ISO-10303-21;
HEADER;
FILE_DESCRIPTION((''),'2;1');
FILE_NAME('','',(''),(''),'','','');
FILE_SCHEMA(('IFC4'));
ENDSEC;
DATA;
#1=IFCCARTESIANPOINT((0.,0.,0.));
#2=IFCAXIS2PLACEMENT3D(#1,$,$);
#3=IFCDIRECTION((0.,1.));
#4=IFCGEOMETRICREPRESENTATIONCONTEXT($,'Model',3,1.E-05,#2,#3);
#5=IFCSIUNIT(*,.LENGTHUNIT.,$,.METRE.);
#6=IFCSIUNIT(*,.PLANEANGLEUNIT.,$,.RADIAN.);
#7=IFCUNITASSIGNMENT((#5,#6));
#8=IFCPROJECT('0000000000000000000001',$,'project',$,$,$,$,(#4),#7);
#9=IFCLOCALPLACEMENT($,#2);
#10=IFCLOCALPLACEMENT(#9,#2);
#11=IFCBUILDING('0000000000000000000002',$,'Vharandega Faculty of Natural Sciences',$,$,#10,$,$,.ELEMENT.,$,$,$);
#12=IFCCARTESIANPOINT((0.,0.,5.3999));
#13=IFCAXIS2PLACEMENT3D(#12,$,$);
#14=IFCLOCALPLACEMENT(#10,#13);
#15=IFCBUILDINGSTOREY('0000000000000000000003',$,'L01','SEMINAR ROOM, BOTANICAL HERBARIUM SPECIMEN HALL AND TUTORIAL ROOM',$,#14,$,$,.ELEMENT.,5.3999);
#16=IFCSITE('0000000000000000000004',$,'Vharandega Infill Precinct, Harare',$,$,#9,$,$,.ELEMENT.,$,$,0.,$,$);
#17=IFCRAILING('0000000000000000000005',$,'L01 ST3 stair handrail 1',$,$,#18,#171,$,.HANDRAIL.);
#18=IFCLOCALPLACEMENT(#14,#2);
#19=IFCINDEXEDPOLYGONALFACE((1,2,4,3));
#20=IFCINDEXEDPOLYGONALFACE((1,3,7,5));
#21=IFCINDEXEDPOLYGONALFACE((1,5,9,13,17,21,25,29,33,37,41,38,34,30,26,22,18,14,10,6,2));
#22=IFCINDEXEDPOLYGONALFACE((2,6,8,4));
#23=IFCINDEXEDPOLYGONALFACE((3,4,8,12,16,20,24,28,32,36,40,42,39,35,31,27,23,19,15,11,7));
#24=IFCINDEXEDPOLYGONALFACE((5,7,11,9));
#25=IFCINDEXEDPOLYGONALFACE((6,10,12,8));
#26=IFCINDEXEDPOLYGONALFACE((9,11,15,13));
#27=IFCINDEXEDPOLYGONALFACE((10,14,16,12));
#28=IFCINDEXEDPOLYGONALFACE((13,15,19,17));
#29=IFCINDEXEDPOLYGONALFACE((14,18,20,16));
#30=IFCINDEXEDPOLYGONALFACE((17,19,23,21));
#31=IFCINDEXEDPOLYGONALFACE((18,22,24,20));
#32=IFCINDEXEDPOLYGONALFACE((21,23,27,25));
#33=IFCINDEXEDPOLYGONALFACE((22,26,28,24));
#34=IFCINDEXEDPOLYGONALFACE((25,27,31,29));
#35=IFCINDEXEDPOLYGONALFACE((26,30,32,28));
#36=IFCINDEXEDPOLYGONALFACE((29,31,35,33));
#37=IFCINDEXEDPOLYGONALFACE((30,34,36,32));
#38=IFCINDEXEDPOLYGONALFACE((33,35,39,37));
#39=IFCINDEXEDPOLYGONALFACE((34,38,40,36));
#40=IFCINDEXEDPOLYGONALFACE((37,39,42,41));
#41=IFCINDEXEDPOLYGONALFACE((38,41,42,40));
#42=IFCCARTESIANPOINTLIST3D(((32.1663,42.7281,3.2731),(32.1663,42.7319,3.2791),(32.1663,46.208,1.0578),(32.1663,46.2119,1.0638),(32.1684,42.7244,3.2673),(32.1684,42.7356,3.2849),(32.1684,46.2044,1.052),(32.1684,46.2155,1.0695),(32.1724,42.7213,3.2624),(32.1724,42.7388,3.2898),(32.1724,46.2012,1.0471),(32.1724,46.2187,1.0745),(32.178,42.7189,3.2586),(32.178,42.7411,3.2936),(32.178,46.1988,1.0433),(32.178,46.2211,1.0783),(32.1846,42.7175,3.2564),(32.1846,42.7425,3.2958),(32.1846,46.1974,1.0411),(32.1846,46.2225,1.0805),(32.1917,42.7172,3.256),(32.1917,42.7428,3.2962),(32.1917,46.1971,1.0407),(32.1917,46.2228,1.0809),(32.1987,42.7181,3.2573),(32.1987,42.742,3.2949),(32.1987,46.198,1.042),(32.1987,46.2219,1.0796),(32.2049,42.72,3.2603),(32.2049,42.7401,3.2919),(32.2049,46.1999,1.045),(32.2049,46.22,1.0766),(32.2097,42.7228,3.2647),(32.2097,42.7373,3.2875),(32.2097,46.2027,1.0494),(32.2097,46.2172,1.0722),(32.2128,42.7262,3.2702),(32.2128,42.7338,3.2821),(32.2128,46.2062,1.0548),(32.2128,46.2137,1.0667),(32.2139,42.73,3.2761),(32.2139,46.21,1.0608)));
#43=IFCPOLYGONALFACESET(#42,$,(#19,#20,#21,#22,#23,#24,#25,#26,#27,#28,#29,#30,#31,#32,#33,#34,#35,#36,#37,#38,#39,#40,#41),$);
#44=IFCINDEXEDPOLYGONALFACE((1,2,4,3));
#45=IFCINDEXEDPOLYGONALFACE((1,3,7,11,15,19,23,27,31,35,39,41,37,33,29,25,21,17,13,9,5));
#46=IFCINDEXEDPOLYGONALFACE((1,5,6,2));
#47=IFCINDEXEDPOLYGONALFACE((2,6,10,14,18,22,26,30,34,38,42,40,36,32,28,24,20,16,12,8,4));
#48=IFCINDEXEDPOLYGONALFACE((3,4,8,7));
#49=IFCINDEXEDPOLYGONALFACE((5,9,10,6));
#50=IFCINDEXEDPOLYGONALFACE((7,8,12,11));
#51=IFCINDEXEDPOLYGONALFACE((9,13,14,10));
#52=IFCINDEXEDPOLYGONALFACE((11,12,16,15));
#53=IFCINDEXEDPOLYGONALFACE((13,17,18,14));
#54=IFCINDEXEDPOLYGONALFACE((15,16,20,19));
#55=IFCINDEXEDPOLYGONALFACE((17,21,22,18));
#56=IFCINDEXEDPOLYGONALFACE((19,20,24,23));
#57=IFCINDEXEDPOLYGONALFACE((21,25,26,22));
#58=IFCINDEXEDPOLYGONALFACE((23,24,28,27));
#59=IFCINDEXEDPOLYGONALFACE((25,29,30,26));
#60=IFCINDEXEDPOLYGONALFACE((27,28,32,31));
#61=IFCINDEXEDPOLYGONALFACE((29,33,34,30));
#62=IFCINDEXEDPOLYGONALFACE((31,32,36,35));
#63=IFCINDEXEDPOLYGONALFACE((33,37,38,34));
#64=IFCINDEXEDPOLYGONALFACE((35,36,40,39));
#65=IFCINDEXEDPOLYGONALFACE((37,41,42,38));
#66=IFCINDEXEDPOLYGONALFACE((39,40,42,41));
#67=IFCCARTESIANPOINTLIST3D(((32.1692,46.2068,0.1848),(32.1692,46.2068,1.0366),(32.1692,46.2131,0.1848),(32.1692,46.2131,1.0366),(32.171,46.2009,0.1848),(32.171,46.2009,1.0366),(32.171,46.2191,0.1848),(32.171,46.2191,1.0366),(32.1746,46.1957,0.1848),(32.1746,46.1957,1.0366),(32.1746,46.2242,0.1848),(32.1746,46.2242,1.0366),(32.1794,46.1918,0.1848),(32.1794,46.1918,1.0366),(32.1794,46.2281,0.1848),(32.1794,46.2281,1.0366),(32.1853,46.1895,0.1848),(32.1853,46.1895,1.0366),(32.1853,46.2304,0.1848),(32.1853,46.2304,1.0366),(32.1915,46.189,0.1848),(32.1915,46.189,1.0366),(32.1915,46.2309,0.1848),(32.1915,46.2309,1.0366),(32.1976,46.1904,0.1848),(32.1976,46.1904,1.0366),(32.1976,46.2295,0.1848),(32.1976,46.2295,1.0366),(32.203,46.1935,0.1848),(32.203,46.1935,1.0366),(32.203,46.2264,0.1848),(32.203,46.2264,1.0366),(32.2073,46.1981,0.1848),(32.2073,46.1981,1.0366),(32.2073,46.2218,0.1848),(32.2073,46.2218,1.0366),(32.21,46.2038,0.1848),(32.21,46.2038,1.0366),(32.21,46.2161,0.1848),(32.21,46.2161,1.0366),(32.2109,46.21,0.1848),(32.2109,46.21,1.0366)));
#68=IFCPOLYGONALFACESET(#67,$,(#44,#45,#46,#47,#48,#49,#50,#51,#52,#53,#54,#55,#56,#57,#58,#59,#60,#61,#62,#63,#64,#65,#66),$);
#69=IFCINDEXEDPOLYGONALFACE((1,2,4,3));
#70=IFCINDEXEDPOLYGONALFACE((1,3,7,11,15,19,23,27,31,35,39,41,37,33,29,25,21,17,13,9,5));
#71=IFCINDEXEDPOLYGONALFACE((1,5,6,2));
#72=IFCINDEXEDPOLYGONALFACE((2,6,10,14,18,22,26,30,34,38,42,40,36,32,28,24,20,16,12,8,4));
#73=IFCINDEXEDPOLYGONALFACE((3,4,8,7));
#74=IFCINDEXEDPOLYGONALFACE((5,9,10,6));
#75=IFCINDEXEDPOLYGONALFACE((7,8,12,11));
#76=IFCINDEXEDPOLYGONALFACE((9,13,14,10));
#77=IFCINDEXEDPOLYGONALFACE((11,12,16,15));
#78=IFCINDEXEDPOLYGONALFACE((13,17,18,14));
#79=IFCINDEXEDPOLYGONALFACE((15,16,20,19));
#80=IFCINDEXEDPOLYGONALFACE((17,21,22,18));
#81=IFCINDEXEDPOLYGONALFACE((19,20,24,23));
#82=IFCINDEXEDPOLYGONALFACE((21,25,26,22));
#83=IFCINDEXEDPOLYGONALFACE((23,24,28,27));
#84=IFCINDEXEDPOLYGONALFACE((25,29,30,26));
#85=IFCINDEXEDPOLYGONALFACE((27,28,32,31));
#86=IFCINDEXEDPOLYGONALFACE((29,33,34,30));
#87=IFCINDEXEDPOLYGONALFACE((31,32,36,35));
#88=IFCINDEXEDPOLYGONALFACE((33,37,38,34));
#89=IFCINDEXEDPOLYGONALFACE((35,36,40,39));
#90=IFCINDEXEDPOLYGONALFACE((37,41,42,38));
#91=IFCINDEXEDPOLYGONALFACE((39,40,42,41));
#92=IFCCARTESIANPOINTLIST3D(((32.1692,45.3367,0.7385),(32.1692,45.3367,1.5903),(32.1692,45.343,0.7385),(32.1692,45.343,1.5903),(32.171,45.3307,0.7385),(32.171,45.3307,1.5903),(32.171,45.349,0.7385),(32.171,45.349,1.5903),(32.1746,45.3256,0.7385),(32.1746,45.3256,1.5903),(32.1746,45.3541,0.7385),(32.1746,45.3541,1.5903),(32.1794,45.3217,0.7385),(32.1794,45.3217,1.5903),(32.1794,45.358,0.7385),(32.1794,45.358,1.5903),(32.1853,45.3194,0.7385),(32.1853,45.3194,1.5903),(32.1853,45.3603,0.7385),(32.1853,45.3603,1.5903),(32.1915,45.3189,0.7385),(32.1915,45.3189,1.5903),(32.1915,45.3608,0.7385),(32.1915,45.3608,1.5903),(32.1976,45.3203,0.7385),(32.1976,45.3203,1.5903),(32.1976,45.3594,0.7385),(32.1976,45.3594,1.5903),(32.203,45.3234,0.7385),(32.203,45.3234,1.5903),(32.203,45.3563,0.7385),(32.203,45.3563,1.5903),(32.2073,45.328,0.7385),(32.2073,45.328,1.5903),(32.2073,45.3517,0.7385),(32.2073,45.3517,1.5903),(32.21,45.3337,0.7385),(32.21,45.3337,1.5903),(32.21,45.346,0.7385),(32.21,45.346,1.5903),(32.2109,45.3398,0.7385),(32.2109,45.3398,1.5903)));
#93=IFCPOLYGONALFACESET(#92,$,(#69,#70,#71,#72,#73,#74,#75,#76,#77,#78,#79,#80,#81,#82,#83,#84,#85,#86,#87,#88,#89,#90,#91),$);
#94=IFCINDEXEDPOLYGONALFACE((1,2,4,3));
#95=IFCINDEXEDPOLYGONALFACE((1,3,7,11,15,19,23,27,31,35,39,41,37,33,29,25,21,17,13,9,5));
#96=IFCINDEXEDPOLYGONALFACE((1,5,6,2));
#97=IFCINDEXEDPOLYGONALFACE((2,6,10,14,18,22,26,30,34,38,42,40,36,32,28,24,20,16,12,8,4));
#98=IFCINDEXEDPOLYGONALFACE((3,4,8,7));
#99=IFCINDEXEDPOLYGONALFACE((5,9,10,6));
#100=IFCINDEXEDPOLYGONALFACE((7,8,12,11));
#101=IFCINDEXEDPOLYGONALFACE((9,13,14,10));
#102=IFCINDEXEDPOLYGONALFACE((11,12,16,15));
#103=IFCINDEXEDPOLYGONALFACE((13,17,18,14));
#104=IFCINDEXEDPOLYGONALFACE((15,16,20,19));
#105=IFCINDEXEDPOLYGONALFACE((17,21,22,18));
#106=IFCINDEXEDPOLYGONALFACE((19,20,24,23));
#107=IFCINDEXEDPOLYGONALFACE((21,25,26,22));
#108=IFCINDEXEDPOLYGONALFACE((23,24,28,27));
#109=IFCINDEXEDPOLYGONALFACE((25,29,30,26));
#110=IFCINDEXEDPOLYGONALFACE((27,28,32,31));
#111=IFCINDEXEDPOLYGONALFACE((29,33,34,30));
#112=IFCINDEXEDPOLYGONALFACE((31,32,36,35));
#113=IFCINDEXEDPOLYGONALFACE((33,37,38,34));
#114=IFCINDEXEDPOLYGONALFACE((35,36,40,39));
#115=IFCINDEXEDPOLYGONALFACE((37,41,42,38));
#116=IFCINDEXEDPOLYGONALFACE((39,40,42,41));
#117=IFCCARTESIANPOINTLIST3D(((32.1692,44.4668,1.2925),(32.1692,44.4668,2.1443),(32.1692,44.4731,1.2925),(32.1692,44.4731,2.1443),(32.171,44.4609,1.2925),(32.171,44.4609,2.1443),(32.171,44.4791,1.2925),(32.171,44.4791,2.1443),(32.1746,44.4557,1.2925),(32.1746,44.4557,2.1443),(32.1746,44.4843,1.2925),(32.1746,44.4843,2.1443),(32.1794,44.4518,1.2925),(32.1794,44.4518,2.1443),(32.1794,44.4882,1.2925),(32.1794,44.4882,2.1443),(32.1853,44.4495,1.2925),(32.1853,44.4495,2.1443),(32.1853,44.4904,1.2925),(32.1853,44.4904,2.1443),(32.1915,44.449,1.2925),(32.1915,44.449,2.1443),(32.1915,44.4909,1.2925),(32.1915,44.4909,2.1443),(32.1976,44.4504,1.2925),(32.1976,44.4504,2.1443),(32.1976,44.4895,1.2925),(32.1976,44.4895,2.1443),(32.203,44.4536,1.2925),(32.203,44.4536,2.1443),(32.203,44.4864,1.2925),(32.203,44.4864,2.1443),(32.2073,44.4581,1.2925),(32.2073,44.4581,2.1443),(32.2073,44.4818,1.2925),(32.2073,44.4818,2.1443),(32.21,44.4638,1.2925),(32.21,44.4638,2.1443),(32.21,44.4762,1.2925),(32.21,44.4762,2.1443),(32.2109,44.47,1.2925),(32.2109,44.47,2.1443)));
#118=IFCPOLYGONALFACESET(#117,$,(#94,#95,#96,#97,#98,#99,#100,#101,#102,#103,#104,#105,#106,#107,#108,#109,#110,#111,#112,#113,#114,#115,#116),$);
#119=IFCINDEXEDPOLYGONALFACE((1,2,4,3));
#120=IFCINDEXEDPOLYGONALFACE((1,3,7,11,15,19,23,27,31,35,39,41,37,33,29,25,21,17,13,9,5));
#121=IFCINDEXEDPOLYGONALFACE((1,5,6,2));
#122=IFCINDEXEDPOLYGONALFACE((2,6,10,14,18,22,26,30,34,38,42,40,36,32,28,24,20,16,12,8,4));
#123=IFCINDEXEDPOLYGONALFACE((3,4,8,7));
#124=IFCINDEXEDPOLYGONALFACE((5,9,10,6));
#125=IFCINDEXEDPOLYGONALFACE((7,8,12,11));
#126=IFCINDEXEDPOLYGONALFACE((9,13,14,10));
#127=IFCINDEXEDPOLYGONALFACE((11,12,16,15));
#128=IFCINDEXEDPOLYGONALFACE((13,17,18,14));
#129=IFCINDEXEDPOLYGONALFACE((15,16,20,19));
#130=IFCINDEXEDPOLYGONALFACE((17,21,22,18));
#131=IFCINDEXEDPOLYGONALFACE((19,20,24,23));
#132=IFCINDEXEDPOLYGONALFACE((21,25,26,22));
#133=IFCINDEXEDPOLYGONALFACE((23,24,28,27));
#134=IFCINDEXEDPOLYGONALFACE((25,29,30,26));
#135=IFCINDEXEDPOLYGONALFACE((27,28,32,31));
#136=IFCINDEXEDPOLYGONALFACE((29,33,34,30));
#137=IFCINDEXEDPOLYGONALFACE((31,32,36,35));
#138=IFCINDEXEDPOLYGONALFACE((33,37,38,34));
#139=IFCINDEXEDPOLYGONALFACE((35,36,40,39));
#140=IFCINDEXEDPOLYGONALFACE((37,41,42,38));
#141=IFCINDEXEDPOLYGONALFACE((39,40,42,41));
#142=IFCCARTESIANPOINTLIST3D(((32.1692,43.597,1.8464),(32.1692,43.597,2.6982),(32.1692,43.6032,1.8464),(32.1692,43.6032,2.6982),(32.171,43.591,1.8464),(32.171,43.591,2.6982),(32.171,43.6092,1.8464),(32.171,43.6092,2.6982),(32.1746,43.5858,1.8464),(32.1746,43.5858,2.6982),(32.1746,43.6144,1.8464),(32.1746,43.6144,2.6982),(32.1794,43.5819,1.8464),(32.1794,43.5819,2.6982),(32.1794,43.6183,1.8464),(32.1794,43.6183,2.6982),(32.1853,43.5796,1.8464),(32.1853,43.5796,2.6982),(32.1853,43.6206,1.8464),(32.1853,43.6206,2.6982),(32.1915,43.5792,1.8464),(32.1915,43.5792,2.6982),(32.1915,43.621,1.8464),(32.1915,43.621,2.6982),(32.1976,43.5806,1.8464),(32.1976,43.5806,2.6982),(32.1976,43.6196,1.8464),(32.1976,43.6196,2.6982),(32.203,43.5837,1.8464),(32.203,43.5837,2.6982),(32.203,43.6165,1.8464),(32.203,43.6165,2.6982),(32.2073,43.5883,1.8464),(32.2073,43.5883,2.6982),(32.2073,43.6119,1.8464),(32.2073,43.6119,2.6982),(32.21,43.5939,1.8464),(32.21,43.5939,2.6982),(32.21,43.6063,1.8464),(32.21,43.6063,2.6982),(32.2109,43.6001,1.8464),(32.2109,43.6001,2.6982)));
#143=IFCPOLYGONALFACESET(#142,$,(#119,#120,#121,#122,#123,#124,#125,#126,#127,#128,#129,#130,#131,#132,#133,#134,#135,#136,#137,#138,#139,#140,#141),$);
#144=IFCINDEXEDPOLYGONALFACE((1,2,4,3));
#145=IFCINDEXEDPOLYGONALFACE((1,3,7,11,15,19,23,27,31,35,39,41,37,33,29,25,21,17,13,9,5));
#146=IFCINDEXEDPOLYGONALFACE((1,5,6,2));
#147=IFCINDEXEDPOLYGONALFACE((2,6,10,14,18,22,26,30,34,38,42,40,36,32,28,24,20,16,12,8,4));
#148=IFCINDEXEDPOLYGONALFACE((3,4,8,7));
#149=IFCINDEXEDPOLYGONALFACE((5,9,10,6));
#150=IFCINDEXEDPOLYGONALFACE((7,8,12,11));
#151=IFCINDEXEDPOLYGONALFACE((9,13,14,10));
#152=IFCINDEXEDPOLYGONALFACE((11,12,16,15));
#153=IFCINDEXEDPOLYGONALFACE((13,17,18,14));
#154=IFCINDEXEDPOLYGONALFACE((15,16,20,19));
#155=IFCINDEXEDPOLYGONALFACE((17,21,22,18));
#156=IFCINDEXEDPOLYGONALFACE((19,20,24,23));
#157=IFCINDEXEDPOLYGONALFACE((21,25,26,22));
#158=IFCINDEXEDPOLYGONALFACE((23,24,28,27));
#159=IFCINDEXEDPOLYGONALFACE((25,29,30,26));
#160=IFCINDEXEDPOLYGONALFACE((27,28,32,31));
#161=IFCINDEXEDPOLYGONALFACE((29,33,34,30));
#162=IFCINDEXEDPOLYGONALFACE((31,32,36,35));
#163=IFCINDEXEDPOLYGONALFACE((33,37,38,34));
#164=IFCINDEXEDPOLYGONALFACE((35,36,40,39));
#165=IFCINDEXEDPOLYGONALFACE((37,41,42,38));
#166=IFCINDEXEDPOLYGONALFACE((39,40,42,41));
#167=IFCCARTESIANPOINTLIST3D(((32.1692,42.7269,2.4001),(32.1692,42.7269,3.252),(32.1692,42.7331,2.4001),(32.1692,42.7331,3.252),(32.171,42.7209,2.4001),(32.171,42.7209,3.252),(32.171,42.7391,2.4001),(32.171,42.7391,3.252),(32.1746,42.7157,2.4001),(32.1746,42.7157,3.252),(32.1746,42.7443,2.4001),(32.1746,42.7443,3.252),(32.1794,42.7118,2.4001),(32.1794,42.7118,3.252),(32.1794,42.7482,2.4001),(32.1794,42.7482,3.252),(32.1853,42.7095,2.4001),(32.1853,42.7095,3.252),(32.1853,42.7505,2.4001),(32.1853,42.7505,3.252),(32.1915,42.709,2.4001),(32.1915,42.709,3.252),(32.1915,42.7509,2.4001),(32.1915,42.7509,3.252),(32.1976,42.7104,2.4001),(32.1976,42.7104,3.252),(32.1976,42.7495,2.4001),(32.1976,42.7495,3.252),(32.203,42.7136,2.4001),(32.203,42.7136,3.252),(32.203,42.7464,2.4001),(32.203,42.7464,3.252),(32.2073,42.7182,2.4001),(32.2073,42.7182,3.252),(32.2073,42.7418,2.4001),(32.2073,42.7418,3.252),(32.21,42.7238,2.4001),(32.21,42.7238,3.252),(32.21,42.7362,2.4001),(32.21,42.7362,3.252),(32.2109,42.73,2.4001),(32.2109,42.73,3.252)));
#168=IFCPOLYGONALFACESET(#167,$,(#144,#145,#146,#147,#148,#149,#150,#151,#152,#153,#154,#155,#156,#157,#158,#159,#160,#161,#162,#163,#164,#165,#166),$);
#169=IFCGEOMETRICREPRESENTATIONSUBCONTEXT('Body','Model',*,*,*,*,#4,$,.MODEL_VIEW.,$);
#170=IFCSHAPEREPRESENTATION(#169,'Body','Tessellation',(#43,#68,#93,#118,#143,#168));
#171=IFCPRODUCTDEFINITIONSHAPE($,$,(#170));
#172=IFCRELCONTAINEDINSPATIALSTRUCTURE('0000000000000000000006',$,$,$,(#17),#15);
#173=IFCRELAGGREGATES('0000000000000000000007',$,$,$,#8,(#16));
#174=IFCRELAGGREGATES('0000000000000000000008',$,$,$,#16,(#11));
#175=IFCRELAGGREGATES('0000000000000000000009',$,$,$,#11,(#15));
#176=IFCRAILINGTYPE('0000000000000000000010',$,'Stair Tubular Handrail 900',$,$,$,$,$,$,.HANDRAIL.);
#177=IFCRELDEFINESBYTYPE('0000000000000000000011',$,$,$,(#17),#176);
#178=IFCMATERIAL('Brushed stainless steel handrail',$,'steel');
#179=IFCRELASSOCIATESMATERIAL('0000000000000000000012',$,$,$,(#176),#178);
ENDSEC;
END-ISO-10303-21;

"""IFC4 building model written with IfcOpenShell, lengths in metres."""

from ifc_helpers import new_model, si_unit, direction, frame, origin, origin_2d, place, context, subcontext, project, spatial, circle, extrude, material, type_object, element, save


model = new_model("IFC4")

# Units and contexts
model_context = context("Model", 3, precision=1e-05, world=origin(), true_north=direction((0.0, 1.0)))
body_context = subcontext(model_context, "Body", "Model", "MODEL_VIEW")
ifc_project = project(units=[si_unit("LENGTHUNIT", "METRE"), si_unit("PLANEANGLEUNIT", "RADIAN")], contexts=[model_context])

# Site, building, storey
site_placement = place(None, origin())
site = spatial("IfcSite", under=ifc_project, at=site_placement, Name="Vharandega Infill Precinct, Harare", CompositionType="ELEMENT", RefElevation=0.0)
building_placement = place(site_placement, origin())
building = spatial("IfcBuilding", under=site, at=building_placement, Name="Vharandega Faculty of Natural Sciences", CompositionType="ELEMENT")
storey_placement = place(building_placement, frame((0.0, 0.0, 5.3999)))
storey = spatial("IfcBuildingStorey", under=building, at=storey_placement, Name="L01", Description="SEMINAR ROOM, BOTANICAL HERBARIUM SPECIMEN HALL AND TUTORIAL ROOM", CompositionType="ELEMENT", Elevation=5.3999)

# Railing
ifc_material_1 = material(Name="Brushed stainless steel handrail", Category="steel")
railing_type_1 = type_object("IfcRailingType", Name="Stair Tubular Handrail 900", PredefinedType="HANDRAIL", material=ifc_material_1)
railing_1_placement = place(storey_placement, frame((32.1899, 46.21, 0.1848)))
element("IfcRailing", 1, at=railing_1_placement, inside=storey, type_object=railing_type_1, Name="L01 ST3 stair handrail 1", PredefinedType="HANDRAIL", context=body_context, shape_type="SweptSolid", body=[
    extrude(circle(Radius=0.0239, at=origin_2d()), frame((0.0, 0.0, 0.876), z_axis=(0.0, -0.843574, 0.537013), x_axis=(1.0, 0.0, 0.0)), (0.0, 0.0, 1.0), 4.1252),
    extrude(circle(Radius=0.021, at=origin_2d()), origin(), (0.0, 0.0, 1.0), 0.8518),
    extrude(circle(Radius=0.021, at=origin_2d()), frame((0.0, -0.8701, 0.5537)), (0.0, 0.0, 1.0), 0.8518),
    extrude(circle(Radius=0.021, at=origin_2d()), frame((0.0, -1.74, 1.1077)), (0.0, 0.0, 1.0), 0.8518),
    extrude(circle(Radius=0.021, at=origin_2d()), frame((0.0, -2.6099, 1.6616)), (0.0, 0.0, 1.0), 0.8518),
    extrude(circle(Radius=0.021, at=origin_2d()), frame((0.0, -3.48, 2.2153)), (0.0, 0.0, 1.0), 0.8518),
])

save(model, "model.ifc")
